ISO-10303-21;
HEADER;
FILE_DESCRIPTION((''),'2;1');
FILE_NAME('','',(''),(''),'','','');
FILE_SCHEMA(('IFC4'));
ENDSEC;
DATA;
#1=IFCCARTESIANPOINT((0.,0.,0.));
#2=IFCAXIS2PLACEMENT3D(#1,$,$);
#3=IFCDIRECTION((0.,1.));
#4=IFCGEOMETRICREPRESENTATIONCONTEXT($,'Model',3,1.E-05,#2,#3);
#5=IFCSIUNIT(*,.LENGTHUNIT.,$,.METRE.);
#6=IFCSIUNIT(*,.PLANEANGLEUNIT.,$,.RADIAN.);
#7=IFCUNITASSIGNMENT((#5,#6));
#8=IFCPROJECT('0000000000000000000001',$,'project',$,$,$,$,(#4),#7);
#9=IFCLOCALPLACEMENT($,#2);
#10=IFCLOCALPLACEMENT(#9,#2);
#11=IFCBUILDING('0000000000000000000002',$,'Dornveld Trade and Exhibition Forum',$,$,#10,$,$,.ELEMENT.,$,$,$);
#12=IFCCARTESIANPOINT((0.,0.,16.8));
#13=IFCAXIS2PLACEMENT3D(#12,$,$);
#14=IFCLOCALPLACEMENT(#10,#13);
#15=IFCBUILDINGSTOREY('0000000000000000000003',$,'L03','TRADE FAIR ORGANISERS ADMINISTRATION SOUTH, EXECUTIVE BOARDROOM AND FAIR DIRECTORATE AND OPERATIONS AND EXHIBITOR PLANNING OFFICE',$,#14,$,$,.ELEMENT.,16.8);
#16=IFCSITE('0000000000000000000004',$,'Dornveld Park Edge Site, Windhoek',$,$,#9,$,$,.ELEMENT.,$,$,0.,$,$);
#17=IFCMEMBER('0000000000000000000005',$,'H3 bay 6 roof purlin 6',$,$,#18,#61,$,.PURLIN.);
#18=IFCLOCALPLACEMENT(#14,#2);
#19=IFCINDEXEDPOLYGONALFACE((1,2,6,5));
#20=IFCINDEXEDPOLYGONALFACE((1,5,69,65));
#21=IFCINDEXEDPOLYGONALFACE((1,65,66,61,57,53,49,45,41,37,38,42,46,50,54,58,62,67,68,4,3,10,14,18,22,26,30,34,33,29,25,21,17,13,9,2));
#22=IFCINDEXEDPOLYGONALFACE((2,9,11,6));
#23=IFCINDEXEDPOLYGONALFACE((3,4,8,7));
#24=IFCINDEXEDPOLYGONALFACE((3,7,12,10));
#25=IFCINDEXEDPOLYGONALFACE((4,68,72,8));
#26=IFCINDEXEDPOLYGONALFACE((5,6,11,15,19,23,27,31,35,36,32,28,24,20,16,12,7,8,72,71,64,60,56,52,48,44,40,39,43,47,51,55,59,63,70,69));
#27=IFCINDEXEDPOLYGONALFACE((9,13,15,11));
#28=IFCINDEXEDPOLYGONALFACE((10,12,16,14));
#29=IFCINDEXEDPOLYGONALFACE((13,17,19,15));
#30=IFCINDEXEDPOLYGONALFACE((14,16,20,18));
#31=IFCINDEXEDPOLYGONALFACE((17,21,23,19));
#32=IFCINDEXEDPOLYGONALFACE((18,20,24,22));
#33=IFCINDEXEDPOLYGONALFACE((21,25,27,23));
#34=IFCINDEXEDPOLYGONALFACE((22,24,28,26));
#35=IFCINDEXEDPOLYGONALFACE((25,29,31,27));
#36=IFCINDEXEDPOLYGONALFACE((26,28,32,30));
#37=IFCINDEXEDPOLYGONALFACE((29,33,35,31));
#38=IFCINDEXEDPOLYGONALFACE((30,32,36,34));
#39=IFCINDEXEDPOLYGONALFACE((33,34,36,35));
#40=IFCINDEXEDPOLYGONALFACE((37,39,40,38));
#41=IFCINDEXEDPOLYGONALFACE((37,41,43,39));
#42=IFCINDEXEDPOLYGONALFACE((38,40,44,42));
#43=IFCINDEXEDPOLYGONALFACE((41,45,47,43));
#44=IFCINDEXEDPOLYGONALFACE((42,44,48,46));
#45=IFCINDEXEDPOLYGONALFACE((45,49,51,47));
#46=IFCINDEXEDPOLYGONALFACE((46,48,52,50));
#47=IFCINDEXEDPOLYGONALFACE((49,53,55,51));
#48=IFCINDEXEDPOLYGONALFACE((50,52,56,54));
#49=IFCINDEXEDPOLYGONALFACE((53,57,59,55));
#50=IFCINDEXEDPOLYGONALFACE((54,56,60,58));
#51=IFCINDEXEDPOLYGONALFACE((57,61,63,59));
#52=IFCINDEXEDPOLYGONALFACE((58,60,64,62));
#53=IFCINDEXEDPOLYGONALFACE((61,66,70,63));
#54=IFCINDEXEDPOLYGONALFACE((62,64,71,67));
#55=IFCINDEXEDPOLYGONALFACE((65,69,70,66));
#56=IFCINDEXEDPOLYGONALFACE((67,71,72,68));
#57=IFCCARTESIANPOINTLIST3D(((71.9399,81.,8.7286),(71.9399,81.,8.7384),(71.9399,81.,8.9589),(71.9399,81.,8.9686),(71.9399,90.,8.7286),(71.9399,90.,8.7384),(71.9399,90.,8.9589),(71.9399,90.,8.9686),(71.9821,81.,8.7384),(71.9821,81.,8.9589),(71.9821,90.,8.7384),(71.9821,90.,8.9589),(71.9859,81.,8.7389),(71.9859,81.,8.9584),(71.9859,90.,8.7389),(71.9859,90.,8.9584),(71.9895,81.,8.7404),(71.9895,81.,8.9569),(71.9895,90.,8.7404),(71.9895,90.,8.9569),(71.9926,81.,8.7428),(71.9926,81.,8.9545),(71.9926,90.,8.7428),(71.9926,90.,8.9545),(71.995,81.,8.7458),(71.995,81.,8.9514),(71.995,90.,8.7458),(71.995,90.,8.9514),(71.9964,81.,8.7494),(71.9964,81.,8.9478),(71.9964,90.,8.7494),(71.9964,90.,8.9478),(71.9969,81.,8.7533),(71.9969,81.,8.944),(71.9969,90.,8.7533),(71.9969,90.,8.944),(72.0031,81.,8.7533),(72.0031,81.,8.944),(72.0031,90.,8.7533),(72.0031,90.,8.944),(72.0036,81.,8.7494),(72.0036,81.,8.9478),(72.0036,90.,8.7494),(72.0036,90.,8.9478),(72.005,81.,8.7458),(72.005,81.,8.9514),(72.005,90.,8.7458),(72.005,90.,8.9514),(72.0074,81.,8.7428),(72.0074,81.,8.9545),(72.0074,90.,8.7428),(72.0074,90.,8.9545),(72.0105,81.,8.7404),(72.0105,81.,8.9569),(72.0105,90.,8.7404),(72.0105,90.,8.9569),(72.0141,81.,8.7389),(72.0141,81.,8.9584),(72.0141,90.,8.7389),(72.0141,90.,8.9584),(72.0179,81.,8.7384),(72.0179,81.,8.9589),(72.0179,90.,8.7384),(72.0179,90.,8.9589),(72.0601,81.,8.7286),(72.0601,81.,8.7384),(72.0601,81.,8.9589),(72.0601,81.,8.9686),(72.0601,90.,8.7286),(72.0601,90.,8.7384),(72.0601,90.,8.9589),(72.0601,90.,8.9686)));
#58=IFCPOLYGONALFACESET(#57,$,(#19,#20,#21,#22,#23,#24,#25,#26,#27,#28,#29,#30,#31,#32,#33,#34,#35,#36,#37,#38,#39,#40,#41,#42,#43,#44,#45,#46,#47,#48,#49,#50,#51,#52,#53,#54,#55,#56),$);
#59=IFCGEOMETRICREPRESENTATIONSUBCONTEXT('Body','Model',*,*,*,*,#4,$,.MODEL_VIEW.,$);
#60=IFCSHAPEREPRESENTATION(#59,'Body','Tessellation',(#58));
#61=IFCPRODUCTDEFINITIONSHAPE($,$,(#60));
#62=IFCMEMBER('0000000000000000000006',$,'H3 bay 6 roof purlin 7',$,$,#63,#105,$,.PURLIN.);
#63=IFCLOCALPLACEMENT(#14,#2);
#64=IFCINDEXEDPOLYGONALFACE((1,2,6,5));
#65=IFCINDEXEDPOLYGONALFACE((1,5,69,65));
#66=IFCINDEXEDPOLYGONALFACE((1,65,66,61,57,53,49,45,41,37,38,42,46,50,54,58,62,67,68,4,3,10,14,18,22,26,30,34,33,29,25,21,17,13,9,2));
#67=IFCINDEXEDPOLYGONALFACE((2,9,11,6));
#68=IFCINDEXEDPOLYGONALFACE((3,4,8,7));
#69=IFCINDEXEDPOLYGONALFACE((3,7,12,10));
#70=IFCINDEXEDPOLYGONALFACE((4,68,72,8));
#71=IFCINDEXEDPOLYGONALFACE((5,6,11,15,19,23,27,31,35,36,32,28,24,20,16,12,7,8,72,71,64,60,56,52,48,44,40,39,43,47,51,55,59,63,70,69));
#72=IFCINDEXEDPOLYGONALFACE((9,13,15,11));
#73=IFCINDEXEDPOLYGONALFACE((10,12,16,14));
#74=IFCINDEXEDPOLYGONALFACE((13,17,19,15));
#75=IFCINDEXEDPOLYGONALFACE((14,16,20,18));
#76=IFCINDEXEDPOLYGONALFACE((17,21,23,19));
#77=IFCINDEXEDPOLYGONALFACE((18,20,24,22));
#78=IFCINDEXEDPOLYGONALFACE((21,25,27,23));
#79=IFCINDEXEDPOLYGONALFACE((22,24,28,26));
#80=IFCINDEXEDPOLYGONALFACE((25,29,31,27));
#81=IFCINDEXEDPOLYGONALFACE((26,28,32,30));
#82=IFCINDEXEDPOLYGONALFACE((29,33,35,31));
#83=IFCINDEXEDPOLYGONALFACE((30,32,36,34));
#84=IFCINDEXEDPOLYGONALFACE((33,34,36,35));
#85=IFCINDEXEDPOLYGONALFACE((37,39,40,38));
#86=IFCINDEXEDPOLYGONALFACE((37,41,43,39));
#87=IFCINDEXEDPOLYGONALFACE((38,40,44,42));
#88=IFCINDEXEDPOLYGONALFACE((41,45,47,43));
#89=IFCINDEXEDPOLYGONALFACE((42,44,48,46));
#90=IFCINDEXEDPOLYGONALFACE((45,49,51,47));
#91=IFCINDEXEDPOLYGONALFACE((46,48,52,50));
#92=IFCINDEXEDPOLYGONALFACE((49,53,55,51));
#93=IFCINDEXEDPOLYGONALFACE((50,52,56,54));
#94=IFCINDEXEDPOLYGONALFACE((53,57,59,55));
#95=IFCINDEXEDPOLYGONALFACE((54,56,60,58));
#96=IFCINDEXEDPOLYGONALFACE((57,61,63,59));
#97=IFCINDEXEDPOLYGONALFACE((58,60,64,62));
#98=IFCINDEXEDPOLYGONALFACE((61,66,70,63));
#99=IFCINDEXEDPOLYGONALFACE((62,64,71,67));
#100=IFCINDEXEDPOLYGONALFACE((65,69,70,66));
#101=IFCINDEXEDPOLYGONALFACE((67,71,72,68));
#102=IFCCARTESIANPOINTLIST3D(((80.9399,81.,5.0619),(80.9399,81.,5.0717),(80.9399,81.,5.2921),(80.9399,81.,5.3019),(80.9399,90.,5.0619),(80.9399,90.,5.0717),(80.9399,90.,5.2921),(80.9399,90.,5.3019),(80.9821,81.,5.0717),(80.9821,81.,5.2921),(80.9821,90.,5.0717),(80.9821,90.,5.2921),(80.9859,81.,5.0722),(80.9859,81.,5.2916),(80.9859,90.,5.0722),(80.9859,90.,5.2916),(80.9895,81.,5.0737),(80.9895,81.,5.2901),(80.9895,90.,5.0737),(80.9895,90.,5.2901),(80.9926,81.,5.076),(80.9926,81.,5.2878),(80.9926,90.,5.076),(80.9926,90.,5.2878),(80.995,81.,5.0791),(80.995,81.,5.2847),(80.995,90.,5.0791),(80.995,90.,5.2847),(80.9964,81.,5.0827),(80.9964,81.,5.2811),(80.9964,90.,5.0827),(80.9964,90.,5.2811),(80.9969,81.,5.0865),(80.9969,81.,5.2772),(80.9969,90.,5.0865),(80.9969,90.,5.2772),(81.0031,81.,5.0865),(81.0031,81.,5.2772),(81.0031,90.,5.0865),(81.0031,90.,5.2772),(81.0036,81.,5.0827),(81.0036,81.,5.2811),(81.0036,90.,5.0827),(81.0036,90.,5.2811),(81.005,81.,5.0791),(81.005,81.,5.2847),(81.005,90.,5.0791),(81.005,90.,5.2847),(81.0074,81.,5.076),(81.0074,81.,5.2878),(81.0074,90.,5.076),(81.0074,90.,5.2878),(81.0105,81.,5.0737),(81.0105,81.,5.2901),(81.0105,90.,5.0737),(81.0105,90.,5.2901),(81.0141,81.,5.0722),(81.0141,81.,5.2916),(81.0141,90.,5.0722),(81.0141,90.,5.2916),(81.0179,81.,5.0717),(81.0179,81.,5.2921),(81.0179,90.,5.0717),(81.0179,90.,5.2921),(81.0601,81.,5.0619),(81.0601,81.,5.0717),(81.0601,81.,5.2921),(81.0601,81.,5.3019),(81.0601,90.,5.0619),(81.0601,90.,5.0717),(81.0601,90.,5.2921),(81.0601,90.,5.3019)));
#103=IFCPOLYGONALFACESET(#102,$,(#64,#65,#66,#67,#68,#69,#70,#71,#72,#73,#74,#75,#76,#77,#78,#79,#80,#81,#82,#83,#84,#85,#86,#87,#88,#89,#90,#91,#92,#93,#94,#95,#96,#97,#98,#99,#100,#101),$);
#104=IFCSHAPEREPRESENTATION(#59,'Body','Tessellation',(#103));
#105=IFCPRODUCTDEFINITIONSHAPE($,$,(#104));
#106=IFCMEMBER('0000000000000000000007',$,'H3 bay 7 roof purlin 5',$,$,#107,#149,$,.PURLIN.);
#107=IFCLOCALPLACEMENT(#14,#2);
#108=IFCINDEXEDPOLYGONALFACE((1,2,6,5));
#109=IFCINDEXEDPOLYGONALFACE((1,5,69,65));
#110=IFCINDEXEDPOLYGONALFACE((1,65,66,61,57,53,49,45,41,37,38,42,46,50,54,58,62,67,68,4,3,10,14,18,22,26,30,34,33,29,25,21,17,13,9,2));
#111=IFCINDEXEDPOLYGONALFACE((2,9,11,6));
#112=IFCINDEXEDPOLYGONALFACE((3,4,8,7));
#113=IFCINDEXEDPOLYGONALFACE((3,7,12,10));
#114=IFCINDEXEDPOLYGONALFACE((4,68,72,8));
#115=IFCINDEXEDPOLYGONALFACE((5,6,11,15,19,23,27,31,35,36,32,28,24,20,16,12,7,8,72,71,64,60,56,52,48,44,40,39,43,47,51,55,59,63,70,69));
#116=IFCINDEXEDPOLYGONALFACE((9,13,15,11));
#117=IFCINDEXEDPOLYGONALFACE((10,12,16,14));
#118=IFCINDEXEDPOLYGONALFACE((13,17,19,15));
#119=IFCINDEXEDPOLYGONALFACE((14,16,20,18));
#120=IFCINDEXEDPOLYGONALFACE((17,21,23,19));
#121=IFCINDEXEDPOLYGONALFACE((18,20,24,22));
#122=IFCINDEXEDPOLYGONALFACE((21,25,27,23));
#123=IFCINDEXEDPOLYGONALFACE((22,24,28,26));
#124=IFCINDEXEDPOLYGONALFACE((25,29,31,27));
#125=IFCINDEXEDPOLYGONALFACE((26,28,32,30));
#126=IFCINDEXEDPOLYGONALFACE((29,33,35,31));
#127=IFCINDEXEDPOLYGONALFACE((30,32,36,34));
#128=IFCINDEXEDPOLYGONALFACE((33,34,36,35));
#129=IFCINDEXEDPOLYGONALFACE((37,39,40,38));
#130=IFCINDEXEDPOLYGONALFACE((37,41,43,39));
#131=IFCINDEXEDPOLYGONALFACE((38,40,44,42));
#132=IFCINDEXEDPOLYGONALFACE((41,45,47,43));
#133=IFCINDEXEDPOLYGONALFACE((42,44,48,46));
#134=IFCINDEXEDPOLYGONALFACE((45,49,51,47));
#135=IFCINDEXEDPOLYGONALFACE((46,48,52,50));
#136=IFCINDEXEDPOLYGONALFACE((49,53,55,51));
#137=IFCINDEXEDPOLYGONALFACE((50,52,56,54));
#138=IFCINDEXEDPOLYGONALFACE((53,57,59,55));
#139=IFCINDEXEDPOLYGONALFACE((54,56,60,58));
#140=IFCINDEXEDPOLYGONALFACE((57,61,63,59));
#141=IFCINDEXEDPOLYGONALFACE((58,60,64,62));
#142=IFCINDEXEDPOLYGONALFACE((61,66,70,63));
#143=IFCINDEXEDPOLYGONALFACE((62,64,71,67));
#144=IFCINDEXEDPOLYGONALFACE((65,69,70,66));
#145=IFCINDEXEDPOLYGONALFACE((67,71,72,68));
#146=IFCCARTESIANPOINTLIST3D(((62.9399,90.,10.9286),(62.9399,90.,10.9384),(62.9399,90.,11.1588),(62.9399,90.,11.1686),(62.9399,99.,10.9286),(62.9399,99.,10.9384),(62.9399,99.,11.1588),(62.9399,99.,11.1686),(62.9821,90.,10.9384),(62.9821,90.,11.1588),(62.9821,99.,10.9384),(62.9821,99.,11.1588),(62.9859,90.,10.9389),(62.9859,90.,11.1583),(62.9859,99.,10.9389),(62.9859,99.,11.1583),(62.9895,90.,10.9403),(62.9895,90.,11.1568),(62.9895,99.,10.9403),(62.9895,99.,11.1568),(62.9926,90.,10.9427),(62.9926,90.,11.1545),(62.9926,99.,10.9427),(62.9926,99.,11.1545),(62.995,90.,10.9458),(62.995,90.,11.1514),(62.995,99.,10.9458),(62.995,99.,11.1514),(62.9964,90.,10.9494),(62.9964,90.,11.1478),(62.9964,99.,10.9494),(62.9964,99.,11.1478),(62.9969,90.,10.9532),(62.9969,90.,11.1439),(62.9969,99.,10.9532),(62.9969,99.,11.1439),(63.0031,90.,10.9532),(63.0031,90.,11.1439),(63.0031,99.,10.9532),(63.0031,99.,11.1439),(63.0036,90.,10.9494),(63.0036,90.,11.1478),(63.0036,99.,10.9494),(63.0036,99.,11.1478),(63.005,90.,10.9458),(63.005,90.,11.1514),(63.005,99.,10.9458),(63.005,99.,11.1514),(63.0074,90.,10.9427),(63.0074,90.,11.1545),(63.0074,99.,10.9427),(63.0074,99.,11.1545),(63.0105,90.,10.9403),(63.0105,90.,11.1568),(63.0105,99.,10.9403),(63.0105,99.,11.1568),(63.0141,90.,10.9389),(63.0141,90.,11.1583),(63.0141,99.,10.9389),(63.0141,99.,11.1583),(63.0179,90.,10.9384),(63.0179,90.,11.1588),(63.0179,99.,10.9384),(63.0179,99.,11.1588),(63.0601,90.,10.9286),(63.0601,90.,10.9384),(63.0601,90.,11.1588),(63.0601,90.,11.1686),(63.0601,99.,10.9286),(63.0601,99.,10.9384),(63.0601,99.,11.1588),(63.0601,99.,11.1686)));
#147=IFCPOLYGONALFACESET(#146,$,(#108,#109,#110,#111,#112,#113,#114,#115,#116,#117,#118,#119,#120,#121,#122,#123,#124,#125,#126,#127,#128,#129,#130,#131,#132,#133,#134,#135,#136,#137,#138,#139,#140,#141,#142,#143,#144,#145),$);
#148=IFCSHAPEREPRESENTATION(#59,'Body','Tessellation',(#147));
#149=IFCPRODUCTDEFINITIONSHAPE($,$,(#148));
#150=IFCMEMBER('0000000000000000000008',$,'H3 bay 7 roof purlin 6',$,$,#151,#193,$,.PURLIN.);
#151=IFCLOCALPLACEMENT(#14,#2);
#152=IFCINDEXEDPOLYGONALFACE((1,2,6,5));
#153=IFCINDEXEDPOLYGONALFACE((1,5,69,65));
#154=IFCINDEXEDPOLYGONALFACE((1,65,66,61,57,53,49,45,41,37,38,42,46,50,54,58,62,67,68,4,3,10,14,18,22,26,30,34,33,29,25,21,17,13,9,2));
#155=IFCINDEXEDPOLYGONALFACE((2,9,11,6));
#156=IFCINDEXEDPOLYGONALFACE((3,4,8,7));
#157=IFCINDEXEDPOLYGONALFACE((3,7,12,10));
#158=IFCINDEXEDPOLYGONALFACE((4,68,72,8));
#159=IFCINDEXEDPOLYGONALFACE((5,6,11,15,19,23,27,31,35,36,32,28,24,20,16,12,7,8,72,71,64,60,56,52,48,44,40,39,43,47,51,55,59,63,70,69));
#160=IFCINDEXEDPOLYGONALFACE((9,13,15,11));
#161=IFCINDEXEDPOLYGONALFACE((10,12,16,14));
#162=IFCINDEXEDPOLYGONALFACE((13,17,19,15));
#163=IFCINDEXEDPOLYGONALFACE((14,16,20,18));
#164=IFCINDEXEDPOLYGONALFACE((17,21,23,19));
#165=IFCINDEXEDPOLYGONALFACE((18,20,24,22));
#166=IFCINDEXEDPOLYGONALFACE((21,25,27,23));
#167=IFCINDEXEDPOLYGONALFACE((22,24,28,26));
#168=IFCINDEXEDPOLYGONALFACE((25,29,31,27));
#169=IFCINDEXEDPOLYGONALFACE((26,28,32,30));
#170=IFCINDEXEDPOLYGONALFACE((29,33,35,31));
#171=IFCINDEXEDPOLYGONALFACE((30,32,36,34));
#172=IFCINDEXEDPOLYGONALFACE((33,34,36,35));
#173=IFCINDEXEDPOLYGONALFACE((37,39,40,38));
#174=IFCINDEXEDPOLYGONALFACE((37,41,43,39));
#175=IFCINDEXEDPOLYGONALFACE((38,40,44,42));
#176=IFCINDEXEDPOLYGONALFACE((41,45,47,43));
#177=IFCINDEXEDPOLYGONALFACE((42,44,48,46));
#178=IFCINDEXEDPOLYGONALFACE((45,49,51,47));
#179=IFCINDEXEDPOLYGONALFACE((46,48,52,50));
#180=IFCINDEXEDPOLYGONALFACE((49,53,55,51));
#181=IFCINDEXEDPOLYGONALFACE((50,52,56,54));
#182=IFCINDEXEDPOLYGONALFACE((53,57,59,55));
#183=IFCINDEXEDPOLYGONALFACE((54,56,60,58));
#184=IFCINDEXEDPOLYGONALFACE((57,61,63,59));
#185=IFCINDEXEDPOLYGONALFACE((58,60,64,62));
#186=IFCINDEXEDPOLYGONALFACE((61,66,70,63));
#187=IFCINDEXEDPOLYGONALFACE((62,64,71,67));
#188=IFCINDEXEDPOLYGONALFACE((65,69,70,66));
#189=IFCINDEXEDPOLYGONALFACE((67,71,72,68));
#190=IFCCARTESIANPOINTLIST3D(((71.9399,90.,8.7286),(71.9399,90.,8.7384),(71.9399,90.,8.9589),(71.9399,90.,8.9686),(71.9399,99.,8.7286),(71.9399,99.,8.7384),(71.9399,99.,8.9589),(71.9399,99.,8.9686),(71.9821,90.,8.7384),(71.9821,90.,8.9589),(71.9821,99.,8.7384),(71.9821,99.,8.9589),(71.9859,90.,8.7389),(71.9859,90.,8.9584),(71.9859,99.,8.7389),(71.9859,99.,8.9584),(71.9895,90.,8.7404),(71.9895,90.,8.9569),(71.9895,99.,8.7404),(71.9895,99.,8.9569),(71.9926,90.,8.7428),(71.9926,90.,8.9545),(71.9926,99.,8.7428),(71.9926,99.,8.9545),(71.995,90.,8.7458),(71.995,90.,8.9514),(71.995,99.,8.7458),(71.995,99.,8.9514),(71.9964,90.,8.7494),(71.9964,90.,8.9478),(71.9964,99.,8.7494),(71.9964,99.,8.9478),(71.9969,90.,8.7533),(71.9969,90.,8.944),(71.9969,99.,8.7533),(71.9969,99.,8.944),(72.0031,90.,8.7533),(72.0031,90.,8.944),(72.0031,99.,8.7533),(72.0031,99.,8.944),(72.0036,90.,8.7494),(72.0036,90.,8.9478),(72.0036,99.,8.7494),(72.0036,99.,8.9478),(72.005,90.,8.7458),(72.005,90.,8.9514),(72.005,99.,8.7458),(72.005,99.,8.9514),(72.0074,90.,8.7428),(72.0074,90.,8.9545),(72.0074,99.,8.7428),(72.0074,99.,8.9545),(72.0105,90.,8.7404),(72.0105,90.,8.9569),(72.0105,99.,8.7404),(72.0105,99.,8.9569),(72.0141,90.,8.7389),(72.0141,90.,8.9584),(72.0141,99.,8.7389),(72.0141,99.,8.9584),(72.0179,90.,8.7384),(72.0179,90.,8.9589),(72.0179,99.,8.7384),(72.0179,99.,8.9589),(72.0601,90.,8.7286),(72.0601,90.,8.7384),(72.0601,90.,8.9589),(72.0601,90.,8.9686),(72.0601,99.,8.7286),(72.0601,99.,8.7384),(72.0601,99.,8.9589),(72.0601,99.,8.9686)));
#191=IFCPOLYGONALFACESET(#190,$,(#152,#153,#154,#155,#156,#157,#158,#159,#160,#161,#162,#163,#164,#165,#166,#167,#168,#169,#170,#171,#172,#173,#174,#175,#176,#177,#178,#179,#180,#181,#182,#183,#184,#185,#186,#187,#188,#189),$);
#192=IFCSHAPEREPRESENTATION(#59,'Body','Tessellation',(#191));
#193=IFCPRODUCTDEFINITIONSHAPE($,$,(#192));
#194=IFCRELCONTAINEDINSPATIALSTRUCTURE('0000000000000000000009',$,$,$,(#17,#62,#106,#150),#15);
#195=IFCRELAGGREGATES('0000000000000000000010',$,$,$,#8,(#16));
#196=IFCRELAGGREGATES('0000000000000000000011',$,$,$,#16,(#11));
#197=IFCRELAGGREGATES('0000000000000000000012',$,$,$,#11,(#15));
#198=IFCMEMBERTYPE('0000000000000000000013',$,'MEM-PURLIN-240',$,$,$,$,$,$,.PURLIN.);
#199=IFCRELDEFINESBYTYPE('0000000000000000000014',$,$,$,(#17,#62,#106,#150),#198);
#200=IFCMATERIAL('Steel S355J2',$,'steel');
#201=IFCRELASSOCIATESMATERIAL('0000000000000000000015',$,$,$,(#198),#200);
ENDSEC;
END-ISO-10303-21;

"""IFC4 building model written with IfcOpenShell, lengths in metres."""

from ifc_helpers import new_model, si_unit, direction, frame, origin, origin_2d, place, context, subcontext, project, spatial, i_section, extrude, material, material_profile, profile_set, type_object, element, save


model = new_model("IFC4")

# Units and contexts
model_context = context("Model", 3, precision=1e-05, world=origin(), true_north=direction((0.0, 1.0)))
body_context = subcontext(model_context, "Body", "Model", "MODEL_VIEW")
ifc_project = project(units=[si_unit("LENGTHUNIT", "METRE"), si_unit("PLANEANGLEUNIT", "RADIAN")], contexts=[model_context])

# Site, building, storey
site_placement = place(None, origin())
site = spatial("IfcSite", under=ifc_project, at=site_placement, Name="Dornveld Park Edge Site, Windhoek", CompositionType="ELEMENT", RefElevation=0.0)
building_placement = place(site_placement, origin())
building = spatial("IfcBuilding", under=site, at=building_placement, Name="Dornveld Trade and Exhibition Forum", CompositionType="ELEMENT")
storey_placement = place(building_placement, frame((0.0, 0.0, 16.8)))
storey = spatial("IfcBuildingStorey", under=building, at=storey_placement, Name="L03", Description="TRADE FAIR ORGANISERS ADMINISTRATION SOUTH, EXECUTIVE BOARDROOM AND FAIR DIRECTORATE AND OPERATIONS AND EXHIBITOR PLANNING OFFICE", CompositionType="ELEMENT", Elevation=16.8)

# Members
ifc_material_1 = material(Name="Steel S355J2", Category="steel")
ifc_material_profile_1 = material_profile(ifc_material_1, i_section(OverallWidth=0.1201, OverallDepth=0.24, WebThickness=0.0061, FlangeThickness=0.0098, FilletRadius=0.0149, at=origin_2d()), Name="IPE 240")
ifc_profile_set_1 = profile_set([ifc_material_profile_1], Name="Steel S355J2")
member_type_1 = type_object("IfcMemberType", Name="MEM-PURLIN-240", PredefinedType="PURLIN", material=ifc_profile_set_1)
for number, where, z_axis, x_axis, name in (
    (1, (72.0, 81.0, 8.8486), (0.0, 1.0, 0.0), (-1.0, 0.0, 0.0), "H3 bay 6 roof purlin 6"),
    (2, (81.0, 81.0, 5.1819), (0.0, 1.0, 0.0), (-1.0, 0.0, 0.0), "H3 bay 6 roof purlin 7"),
    (3, (63.0, 90.0, 11.0486), (0.0, 1.0, 0.0), (-1.0, 0.0, 0.0), "H3 bay 7 roof purlin 5"),
    (4, (72.0, 90.0, 8.8486), (0.0, 1.0, 0.0), (-1.0, 0.0, 0.0), "H3 bay 7 roof purlin 6"),
):
    element("IfcMember", number, at=place(storey_placement, frame(where, z_axis=z_axis, x_axis=x_axis)), inside=storey, type_object=member_type_1, Name=name, PredefinedType="PURLIN", context=body_context, shape_type="SweptSolid", body=[
        extrude(i_section(OverallWidth=0.1201, OverallDepth=0.24, WebThickness=0.0061, FlangeThickness=0.0098, FilletRadius=0.0149, at=origin_2d()), origin(), (0.0, 0.0, 1.0), 9.0),
    ])

save(model, "model.ifc")
